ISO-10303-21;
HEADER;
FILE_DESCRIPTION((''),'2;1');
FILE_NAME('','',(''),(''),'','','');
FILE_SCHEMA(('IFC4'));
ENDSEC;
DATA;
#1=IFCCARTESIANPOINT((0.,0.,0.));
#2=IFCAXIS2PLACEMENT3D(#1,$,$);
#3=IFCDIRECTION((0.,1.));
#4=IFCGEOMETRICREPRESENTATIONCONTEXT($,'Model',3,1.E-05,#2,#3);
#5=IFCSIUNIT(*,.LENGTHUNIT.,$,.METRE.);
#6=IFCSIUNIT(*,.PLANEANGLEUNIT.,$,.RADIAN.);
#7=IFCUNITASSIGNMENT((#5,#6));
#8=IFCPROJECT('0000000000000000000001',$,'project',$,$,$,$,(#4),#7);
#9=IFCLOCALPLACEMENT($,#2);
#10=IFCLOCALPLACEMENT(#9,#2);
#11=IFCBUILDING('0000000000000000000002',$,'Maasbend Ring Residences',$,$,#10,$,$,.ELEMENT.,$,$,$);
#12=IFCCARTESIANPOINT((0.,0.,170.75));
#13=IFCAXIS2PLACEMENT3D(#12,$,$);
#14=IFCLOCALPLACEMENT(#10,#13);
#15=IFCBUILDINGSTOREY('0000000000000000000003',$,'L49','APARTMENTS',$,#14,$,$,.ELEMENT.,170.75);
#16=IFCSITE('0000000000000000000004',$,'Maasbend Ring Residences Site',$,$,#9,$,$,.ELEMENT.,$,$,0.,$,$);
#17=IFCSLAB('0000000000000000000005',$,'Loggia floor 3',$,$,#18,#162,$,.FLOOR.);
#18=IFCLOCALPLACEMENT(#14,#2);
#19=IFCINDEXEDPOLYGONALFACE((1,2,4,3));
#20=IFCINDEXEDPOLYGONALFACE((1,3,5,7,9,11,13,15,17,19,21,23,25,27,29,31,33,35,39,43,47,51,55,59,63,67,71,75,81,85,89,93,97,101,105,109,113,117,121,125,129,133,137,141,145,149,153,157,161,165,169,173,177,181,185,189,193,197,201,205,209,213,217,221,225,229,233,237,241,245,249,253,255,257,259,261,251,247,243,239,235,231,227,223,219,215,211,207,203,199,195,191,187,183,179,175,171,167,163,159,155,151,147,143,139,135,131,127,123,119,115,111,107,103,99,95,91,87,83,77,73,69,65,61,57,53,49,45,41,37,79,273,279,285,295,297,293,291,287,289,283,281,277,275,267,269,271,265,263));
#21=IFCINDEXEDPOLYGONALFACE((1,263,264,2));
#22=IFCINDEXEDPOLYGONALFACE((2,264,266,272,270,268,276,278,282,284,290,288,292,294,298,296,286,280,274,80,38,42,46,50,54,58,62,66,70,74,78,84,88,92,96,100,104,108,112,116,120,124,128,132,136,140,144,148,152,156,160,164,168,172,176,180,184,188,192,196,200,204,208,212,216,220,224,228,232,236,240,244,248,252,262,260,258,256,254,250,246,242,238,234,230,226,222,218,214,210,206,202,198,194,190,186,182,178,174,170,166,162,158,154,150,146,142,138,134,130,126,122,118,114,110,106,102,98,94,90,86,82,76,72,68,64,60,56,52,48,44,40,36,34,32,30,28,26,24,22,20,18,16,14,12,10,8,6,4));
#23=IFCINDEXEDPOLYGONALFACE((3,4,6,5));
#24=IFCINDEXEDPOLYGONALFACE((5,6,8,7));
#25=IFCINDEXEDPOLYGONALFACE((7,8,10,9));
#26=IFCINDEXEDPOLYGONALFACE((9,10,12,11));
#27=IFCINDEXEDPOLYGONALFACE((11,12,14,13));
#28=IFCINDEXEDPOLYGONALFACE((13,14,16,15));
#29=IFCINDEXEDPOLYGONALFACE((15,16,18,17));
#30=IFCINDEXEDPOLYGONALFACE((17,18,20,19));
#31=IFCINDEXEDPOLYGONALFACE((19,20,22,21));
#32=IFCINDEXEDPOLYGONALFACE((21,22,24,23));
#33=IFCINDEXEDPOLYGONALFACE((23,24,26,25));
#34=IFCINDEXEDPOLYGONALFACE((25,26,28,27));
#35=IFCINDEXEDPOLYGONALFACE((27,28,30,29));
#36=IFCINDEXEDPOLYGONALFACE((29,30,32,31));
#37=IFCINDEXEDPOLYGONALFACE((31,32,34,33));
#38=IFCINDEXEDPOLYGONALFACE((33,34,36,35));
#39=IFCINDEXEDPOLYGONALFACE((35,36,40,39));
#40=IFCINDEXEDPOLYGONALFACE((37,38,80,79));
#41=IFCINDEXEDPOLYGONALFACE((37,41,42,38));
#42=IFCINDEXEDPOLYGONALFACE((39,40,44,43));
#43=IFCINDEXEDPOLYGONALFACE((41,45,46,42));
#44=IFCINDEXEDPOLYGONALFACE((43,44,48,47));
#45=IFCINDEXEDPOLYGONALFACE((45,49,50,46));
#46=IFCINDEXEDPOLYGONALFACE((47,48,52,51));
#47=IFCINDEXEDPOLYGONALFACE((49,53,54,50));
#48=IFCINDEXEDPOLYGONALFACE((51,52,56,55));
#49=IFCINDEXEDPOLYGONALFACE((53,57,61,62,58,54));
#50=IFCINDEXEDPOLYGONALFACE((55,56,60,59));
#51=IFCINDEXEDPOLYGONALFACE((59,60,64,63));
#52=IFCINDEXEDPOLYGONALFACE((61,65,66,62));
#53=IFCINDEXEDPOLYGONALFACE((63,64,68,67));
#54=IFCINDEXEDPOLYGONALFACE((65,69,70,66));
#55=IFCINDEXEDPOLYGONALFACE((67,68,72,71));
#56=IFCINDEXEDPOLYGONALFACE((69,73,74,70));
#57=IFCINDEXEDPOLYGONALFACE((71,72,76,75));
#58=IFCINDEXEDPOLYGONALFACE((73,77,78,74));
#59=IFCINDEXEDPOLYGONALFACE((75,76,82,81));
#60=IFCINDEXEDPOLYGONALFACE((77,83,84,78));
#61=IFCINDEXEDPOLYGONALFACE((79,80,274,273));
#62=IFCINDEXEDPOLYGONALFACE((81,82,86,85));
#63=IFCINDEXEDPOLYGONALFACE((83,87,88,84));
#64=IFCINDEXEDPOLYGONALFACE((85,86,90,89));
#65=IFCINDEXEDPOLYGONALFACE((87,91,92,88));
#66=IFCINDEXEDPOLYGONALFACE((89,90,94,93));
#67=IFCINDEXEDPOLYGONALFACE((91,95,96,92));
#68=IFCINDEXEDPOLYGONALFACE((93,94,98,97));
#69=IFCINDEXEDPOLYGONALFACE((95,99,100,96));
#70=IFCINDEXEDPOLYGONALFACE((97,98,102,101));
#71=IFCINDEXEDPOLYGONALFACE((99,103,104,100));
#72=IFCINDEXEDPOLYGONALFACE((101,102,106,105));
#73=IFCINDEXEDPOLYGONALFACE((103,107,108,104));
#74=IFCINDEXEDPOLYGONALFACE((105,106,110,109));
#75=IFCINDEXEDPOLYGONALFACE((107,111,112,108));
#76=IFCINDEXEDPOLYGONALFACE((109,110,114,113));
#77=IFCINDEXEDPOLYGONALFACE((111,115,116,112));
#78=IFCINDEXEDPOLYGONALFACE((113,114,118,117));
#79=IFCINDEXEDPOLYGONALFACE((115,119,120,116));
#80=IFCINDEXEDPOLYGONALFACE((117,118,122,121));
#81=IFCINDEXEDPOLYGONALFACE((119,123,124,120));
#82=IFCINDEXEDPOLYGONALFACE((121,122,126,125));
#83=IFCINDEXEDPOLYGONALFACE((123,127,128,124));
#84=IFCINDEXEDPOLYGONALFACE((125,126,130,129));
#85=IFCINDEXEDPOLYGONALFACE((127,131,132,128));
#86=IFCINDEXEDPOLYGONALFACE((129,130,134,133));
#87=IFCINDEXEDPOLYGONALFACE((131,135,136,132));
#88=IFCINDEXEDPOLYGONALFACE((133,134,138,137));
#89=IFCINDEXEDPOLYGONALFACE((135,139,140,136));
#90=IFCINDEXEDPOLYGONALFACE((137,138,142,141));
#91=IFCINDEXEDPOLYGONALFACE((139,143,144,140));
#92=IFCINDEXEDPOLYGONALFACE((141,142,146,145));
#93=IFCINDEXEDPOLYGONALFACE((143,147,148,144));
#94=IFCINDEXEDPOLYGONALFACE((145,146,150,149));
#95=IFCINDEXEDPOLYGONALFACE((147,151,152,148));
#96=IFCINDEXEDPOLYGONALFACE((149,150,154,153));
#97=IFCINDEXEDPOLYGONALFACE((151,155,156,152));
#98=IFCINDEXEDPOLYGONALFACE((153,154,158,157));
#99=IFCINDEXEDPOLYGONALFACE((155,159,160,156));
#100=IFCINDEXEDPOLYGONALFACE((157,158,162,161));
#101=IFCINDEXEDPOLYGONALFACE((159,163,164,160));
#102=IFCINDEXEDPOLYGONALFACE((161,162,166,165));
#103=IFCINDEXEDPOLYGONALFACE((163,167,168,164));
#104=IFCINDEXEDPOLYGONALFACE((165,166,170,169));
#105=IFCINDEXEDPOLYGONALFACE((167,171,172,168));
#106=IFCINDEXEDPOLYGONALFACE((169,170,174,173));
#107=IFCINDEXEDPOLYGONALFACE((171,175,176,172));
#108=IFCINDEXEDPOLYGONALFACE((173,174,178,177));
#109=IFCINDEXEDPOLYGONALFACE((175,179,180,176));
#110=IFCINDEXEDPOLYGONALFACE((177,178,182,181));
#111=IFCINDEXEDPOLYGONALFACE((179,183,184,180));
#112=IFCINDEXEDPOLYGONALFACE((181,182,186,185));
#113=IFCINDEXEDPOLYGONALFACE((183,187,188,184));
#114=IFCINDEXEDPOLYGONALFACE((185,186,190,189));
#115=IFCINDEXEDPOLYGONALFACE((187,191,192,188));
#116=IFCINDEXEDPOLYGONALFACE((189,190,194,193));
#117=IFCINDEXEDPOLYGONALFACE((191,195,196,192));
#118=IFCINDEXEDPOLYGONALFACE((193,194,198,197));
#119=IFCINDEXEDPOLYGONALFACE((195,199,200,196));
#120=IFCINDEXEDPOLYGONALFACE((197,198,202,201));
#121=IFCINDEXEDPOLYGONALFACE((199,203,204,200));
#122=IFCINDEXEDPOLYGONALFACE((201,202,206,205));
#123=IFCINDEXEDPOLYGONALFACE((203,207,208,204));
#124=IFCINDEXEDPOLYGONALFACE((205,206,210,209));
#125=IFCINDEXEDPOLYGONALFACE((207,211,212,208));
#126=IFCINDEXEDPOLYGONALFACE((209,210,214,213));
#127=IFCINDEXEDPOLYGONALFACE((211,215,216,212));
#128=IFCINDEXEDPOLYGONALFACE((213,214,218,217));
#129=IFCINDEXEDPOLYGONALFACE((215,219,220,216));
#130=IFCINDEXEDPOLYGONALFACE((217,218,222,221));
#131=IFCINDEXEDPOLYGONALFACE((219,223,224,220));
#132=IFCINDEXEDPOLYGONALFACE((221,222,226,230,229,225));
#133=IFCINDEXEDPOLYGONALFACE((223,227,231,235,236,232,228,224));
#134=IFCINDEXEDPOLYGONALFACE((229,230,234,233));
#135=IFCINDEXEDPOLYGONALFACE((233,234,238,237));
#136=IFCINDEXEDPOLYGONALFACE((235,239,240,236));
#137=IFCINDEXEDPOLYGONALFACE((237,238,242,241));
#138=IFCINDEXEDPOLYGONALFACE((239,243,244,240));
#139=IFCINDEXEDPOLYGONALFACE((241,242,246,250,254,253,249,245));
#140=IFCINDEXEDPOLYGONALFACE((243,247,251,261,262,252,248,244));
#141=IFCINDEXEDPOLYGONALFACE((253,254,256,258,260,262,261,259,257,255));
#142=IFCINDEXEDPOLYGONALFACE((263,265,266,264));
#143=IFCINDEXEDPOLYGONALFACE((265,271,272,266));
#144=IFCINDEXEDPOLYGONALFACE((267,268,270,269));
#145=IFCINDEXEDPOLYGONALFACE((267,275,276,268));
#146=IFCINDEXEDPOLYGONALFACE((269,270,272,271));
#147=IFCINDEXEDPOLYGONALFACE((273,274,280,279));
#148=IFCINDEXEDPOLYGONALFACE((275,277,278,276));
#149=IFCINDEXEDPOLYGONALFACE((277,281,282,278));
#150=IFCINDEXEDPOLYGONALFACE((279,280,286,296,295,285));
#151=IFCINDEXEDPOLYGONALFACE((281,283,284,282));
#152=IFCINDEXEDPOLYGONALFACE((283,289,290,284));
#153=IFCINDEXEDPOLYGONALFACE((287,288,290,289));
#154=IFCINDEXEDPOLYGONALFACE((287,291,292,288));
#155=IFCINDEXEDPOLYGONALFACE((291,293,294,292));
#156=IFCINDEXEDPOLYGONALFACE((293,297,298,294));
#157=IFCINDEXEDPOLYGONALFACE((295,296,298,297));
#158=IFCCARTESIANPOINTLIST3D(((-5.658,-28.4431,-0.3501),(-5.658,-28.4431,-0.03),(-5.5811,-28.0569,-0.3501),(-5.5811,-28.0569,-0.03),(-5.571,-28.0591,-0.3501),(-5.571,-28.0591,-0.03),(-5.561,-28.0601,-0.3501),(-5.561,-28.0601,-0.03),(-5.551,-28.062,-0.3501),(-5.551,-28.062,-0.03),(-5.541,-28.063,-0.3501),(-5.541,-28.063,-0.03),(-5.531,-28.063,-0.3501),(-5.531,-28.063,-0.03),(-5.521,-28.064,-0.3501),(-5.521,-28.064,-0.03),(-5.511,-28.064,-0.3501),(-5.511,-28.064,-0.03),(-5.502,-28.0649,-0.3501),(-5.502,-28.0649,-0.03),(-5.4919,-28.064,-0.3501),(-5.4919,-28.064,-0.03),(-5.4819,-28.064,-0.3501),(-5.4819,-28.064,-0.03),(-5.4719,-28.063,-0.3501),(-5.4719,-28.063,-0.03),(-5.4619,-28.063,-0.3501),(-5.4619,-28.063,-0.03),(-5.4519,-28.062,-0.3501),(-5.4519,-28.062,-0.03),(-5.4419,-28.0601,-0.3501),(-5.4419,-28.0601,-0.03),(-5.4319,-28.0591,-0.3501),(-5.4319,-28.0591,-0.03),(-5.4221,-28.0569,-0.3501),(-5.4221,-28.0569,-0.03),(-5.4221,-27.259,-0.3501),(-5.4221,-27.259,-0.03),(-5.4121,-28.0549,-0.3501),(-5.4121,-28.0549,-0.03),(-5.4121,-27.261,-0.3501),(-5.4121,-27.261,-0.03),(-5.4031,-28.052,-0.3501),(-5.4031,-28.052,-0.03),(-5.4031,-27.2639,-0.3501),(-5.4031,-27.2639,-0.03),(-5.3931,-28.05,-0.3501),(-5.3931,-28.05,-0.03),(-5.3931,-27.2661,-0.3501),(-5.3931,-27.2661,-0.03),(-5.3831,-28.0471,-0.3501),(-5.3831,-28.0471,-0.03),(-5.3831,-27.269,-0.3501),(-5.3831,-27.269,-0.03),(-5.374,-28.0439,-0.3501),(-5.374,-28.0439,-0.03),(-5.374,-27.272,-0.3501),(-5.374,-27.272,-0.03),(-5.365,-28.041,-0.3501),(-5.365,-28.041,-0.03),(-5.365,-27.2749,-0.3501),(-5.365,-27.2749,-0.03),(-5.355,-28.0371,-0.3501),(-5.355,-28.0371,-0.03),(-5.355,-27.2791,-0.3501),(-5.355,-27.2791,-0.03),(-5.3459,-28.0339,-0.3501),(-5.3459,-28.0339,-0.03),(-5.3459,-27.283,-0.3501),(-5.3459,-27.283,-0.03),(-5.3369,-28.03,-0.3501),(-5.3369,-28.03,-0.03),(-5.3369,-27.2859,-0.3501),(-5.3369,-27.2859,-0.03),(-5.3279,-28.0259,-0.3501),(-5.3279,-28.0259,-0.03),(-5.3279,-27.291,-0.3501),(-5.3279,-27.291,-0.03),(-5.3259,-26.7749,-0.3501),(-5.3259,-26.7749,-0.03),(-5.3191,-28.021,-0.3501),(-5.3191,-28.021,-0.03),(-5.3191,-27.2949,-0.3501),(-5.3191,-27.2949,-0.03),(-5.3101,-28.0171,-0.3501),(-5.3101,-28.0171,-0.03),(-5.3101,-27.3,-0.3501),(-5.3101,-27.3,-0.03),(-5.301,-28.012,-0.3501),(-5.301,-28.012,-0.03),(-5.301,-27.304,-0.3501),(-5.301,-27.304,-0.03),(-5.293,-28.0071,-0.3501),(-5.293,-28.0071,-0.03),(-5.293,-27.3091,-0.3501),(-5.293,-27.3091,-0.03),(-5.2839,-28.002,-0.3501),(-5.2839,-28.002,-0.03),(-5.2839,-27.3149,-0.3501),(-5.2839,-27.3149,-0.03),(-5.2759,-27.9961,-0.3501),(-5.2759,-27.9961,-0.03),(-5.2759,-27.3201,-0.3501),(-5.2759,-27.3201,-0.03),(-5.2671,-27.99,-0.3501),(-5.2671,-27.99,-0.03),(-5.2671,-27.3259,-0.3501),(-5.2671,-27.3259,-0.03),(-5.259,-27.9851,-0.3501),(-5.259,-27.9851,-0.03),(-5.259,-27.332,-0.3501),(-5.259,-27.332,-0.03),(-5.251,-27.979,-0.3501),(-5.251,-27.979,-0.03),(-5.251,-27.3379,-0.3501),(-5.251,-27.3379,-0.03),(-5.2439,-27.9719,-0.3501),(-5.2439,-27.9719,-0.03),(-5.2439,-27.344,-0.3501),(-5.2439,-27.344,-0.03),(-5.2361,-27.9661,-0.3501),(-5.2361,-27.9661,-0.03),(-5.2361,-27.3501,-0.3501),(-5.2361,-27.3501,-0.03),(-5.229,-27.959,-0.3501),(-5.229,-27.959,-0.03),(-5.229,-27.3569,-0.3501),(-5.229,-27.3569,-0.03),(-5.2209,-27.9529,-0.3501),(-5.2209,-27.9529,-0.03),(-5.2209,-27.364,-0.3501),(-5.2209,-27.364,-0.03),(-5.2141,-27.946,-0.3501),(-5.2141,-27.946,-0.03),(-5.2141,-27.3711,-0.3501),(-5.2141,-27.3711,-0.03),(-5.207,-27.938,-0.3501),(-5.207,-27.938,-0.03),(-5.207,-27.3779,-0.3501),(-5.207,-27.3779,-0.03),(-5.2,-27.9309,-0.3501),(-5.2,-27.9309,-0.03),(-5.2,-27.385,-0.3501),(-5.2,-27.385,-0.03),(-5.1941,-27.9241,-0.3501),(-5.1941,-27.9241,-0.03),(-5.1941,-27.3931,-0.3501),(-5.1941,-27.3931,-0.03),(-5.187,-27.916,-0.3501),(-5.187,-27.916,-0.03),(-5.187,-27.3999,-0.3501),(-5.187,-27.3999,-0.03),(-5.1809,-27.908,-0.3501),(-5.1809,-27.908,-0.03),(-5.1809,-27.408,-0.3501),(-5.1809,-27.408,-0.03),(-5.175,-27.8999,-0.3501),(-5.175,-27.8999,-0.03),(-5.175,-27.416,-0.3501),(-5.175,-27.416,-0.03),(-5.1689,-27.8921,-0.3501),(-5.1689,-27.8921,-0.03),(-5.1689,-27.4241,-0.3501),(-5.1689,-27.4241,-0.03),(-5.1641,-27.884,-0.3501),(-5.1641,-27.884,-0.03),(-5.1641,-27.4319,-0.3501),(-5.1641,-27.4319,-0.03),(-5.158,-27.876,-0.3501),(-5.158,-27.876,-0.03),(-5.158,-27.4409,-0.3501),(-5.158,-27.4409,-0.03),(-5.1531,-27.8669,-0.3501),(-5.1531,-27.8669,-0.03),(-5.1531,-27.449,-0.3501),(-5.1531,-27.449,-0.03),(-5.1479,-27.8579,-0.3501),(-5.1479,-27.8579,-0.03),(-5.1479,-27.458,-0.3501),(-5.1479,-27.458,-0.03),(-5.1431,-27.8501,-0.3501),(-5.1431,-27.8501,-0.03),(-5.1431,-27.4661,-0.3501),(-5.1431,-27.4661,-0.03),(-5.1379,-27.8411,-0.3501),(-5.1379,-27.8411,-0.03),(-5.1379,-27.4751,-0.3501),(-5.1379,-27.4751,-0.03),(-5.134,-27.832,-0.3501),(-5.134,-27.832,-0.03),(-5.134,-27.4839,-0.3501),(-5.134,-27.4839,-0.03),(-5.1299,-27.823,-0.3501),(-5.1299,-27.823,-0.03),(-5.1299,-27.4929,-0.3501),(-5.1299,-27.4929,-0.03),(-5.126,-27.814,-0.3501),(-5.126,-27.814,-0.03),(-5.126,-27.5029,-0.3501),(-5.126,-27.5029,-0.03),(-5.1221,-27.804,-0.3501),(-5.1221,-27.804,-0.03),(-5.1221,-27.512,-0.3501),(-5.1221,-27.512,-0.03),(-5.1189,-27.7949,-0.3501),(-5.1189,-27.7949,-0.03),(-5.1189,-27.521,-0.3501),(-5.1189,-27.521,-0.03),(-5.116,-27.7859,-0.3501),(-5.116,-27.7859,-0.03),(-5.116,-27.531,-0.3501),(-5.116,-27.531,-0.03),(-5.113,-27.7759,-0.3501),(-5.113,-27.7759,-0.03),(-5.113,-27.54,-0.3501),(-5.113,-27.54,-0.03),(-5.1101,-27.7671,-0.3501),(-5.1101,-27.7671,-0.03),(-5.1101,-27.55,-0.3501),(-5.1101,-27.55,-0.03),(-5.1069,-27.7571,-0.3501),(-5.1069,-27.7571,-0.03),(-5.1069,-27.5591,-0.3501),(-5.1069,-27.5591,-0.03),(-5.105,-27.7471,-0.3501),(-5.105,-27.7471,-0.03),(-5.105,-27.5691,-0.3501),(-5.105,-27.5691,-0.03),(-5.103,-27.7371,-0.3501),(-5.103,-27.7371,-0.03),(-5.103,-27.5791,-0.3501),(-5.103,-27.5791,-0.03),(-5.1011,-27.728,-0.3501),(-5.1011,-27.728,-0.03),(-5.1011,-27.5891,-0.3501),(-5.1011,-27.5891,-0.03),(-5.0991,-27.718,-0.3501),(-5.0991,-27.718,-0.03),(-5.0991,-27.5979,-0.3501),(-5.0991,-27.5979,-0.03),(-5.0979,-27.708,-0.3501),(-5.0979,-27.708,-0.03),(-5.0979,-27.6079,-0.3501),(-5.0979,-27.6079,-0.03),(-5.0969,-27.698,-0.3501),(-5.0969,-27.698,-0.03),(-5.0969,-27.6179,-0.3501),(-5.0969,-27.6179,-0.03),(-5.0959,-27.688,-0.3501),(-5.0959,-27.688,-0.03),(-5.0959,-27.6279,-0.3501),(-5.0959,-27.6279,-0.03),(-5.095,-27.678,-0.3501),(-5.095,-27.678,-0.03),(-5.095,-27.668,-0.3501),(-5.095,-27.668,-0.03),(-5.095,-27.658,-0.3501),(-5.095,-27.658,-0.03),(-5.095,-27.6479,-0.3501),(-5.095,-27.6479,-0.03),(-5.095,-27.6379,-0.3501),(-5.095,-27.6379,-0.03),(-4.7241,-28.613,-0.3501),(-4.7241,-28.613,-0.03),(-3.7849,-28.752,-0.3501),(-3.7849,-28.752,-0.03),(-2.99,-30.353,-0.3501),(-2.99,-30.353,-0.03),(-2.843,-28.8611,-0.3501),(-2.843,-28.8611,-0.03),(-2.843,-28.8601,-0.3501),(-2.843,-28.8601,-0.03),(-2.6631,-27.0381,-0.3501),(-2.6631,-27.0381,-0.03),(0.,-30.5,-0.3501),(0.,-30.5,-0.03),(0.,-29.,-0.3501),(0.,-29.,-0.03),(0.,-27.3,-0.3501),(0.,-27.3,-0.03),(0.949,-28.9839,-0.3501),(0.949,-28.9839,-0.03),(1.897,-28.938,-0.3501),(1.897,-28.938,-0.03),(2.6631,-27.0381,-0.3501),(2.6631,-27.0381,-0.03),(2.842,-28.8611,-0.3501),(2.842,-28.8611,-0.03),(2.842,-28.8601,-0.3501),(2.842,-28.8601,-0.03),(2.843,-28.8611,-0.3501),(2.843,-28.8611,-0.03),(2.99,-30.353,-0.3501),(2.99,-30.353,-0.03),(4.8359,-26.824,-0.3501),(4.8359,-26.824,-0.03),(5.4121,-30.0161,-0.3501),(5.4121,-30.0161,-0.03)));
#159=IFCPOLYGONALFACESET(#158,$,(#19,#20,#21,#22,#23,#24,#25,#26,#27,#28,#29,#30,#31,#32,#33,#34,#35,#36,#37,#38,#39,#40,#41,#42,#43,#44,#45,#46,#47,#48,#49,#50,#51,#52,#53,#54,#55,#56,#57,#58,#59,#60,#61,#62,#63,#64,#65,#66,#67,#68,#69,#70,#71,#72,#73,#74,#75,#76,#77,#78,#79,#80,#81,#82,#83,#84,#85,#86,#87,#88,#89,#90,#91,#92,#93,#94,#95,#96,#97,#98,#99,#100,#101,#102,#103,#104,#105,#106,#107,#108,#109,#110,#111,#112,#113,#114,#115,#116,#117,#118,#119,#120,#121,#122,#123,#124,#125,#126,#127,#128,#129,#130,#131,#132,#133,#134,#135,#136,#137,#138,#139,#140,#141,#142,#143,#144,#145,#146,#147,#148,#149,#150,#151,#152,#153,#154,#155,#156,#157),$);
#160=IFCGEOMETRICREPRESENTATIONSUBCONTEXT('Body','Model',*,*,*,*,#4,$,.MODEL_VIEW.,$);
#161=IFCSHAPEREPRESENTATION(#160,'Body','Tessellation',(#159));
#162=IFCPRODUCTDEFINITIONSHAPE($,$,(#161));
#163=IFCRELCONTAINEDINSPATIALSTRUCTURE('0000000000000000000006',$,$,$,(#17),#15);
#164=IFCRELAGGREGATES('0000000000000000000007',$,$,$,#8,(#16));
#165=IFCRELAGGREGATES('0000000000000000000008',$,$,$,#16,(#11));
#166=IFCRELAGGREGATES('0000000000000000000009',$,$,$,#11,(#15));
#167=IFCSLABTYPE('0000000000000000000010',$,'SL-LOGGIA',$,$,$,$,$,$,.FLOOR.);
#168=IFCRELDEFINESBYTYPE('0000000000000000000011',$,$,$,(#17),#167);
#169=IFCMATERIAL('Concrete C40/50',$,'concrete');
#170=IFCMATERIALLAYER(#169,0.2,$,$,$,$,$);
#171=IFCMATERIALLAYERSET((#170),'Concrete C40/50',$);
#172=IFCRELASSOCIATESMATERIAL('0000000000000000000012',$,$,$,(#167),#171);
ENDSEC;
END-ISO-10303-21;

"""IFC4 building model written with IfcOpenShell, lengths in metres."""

from ifc_helpers import new_model, si_unit, direction, frame, origin, place, context, subcontext, project, spatial, polyline, outline, extrude, material, layer, layer_set, type_object, element, save


model = new_model("IFC4")

# Units and contexts
model_context = context("Model", 3, precision=1e-05, world=origin(), true_north=direction((0.0, 1.0)))
body_context = subcontext(model_context, "Body", "Model", "MODEL_VIEW")
ifc_project = project(units=[si_unit("LENGTHUNIT", "METRE"), si_unit("PLANEANGLEUNIT", "RADIAN")], contexts=[model_context])

# Site, building, storey
site_placement = place(None, origin())
site = spatial("IfcSite", under=ifc_project, at=site_placement, Name="Maasbend Ring Residences Site", CompositionType="ELEMENT", RefElevation=0.0)
building_placement = place(site_placement, origin())
building = spatial("IfcBuilding", under=site, at=building_placement, Name="Maasbend Ring Residences", CompositionType="ELEMENT")
storey_placement = place(building_placement, frame((0.0, 0.0, 170.75)))
storey = spatial("IfcBuildingStorey", under=building, at=storey_placement, Name="L49", Description="APARTMENTS", CompositionType="ELEMENT", Elevation=170.75)

# Slab
ifc_material_1 = material(Name="Concrete C40/50", Category="concrete")
ifc_layer_1 = layer(ifc_material_1, 0.2)
ifc_layer_set_1 = layer_set([ifc_layer_1], Name="Concrete C40/50")
slab_type = type_object("IfcSlabType", Name="SL-LOGGIA", PredefinedType="FLOOR", material=ifc_layer_set_1)
slab_1_placement = place(storey_placement, frame((0.0, 0.0, -0.3501)))
element("IfcSlab", 1, at=slab_1_placement, inside=storey, type_object=slab_type, Name="Loggia floor 3", PredefinedType="FLOOR", context=body_context, shape_type="SweptSolid", body=[
    extrude(outline(polyline([(-2.6631, -27.0381), (0.0, -27.3), (0.0, -27.3), (0.0, -27.3), (2.6631, -27.0381), (4.8359, -26.824), (4.8359, -26.824), (4.8359, -26.824), (5.4121, -30.0161), (5.4121, -30.0161), (5.4121, -30.0161), (2.99, -30.353), (2.99, -30.353), (2.99, -30.353), (2.843, -28.8611), (2.843, -28.8611), (2.843, -28.8611), (2.843, -28.8611), (2.842, -28.8611), (2.842, -28.8611), (2.842, -28.8611), (2.842, -28.8611), (2.842, -28.8611), (2.842, -28.8601), (2.842, -28.8601), (2.842, -28.8601), (2.842, -28.8601), (2.842, -28.8601), (2.842, -28.8601), (2.842, -28.8601), (2.842, -28.8601), (1.897, -28.938), (1.897, -28.938), (0.949, -28.9839), (0.949, -28.9839), (0.0, -29.0), (0.0, -29.0), (0.0, -29.0), (0.0, -29.0), (0.0, -29.0), (0.0, -29.0), (0.0, -29.0), (0.0, -29.0), (0.0, -29.0), (0.0, -29.0), (0.0, -29.0), (0.0, -29.0), (0.0, -29.0), (0.0, -29.0), (0.0, -29.0), (0.0, -29.0), (0.0, -29.0), (0.0, -30.5), (0.0, -30.5), (0.0, -30.5), (-2.99, -30.353), (-2.99, -30.353), (-2.99, -30.353), (-2.843, -28.8611), (-2.843, -28.8611), (-2.843, -28.8611), (-2.843, -28.8611), (-2.843, -28.8611), (-2.843, -28.8611), (-2.843, -28.8611), (-2.843, -28.8611), (-2.843, -28.8601), (-2.843, -28.8601), (-2.843, -28.8601), (-2.843, -28.8601), (-2.843, -28.8601), (-2.843, -28.8601), (-2.843, -28.8601), (-2.843, -28.8601), (-2.843, -28.8601), (-3.7849, -28.752), (-3.7849, -28.752), (-4.7241, -28.613), (-4.7241, -28.613), (-5.658, -28.4431), (-5.658, -28.4431), (-5.658, -28.4431), (-5.5811, -28.0569), (-5.5811, -28.0569), (-5.571, -28.0591), (-5.561, -28.0601), (-5.551, -28.062), (-5.541, -28.063), (-5.531, -28.063), (-5.521, -28.064), (-5.511, -28.064), (-5.502, -28.0649), (-5.4919, -28.064), (-5.4819, -28.064), (-5.4719, -28.063), (-5.4619, -28.063), (-5.4519, -28.062), (-5.4419, -28.0601), (-5.4319, -28.0591), (-5.4221, -28.0569), (-5.4121, -28.0549), (-5.4031, -28.052), (-5.3931, -28.05), (-5.3831, -28.0471), (-5.374, -28.0439), (-5.365, -28.041), (-5.355, -28.0371), (-5.3459, -28.0339), (-5.3369, -28.03), (-5.3279, -28.0259), (-5.3191, -28.021), (-5.3101, -28.0171), (-5.301, -28.012), (-5.293, -28.0071), (-5.2839, -28.002), (-5.2759, -27.9961), (-5.2671, -27.99), (-5.259, -27.9851), (-5.251, -27.979), (-5.2439, -27.9719), (-5.2361, -27.9661), (-5.229, -27.959), (-5.2209, -27.9529), (-5.2141, -27.946), (-5.207, -27.938), (-5.2, -27.9309), (-5.1941, -27.9241), (-5.187, -27.916), (-5.1809, -27.908), (-5.175, -27.8999), (-5.1689, -27.8921), (-5.1641, -27.884), (-5.158, -27.876), (-5.1531, -27.8669), (-5.1479, -27.8579), (-5.1431, -27.8501), (-5.1379, -27.8411), (-5.134, -27.832), (-5.1299, -27.823), (-5.126, -27.814), (-5.1221, -27.804), (-5.1189, -27.7949), (-5.116, -27.7859), (-5.113, -27.7759), (-5.1101, -27.7671), (-5.1069, -27.7571), (-5.105, -27.7471), (-5.103, -27.7371), (-5.1011, -27.728), (-5.0991, -27.718), (-5.0979, -27.708), (-5.0969, -27.698), (-5.0959, -27.688), (-5.095, -27.678), (-5.095, -27.668), (-5.095, -27.658), (-5.095, -27.6479), (-5.095, -27.6379), (-5.0959, -27.6279), (-5.0969, -27.6179), (-5.0979, -27.6079), (-5.0991, -27.5979), (-5.1011, -27.5891), (-5.103, -27.5791), (-5.105, -27.5691), (-5.1069, -27.5591), (-5.1101, -27.55), (-5.113, -27.54), (-5.116, -27.531), (-5.1189, -27.521), (-5.1221, -27.512), (-5.126, -27.5029), (-5.1299, -27.4929), (-5.134, -27.4839), (-5.1379, -27.4751), (-5.1431, -27.4661), (-5.1479, -27.458), (-5.1531, -27.449), (-5.158, -27.4409), (-5.1641, -27.4319), (-5.1689, -27.4241), (-5.175, -27.416), (-5.1809, -27.408), (-5.187, -27.3999), (-5.1941, -27.3931), (-5.2, -27.385), (-5.207, -27.3779), (-5.2141, -27.3711), (-5.2209, -27.364), (-5.229, -27.3569), (-5.2361, -27.3501), (-5.2439, -27.344), (-5.251, -27.3379), (-5.259, -27.332), (-5.2671, -27.3259), (-5.2759, -27.3201), (-5.2839, -27.3149), (-5.293, -27.3091), (-5.301, -27.304), (-5.3101, -27.3), (-5.3191, -27.2949), (-5.3279, -27.291), (-5.3369, -27.2859), (-5.3459, -27.283), (-5.355, -27.2791), (-5.365, -27.2749), (-5.374, -27.272), (-5.3831, -27.269), (-5.3931, -27.2661), (-5.4031, -27.2639), (-5.4121, -27.261), (-5.4221, -27.259), (-5.4221, -27.259), (-5.3259, -26.7749), (-5.3259, -26.7749), (-5.3259, -26.7749), (-2.6631, -27.0381)])), origin(), (0.0, 0.0, 1.0), 0.3201),
])

save(model, "model.ifc")
